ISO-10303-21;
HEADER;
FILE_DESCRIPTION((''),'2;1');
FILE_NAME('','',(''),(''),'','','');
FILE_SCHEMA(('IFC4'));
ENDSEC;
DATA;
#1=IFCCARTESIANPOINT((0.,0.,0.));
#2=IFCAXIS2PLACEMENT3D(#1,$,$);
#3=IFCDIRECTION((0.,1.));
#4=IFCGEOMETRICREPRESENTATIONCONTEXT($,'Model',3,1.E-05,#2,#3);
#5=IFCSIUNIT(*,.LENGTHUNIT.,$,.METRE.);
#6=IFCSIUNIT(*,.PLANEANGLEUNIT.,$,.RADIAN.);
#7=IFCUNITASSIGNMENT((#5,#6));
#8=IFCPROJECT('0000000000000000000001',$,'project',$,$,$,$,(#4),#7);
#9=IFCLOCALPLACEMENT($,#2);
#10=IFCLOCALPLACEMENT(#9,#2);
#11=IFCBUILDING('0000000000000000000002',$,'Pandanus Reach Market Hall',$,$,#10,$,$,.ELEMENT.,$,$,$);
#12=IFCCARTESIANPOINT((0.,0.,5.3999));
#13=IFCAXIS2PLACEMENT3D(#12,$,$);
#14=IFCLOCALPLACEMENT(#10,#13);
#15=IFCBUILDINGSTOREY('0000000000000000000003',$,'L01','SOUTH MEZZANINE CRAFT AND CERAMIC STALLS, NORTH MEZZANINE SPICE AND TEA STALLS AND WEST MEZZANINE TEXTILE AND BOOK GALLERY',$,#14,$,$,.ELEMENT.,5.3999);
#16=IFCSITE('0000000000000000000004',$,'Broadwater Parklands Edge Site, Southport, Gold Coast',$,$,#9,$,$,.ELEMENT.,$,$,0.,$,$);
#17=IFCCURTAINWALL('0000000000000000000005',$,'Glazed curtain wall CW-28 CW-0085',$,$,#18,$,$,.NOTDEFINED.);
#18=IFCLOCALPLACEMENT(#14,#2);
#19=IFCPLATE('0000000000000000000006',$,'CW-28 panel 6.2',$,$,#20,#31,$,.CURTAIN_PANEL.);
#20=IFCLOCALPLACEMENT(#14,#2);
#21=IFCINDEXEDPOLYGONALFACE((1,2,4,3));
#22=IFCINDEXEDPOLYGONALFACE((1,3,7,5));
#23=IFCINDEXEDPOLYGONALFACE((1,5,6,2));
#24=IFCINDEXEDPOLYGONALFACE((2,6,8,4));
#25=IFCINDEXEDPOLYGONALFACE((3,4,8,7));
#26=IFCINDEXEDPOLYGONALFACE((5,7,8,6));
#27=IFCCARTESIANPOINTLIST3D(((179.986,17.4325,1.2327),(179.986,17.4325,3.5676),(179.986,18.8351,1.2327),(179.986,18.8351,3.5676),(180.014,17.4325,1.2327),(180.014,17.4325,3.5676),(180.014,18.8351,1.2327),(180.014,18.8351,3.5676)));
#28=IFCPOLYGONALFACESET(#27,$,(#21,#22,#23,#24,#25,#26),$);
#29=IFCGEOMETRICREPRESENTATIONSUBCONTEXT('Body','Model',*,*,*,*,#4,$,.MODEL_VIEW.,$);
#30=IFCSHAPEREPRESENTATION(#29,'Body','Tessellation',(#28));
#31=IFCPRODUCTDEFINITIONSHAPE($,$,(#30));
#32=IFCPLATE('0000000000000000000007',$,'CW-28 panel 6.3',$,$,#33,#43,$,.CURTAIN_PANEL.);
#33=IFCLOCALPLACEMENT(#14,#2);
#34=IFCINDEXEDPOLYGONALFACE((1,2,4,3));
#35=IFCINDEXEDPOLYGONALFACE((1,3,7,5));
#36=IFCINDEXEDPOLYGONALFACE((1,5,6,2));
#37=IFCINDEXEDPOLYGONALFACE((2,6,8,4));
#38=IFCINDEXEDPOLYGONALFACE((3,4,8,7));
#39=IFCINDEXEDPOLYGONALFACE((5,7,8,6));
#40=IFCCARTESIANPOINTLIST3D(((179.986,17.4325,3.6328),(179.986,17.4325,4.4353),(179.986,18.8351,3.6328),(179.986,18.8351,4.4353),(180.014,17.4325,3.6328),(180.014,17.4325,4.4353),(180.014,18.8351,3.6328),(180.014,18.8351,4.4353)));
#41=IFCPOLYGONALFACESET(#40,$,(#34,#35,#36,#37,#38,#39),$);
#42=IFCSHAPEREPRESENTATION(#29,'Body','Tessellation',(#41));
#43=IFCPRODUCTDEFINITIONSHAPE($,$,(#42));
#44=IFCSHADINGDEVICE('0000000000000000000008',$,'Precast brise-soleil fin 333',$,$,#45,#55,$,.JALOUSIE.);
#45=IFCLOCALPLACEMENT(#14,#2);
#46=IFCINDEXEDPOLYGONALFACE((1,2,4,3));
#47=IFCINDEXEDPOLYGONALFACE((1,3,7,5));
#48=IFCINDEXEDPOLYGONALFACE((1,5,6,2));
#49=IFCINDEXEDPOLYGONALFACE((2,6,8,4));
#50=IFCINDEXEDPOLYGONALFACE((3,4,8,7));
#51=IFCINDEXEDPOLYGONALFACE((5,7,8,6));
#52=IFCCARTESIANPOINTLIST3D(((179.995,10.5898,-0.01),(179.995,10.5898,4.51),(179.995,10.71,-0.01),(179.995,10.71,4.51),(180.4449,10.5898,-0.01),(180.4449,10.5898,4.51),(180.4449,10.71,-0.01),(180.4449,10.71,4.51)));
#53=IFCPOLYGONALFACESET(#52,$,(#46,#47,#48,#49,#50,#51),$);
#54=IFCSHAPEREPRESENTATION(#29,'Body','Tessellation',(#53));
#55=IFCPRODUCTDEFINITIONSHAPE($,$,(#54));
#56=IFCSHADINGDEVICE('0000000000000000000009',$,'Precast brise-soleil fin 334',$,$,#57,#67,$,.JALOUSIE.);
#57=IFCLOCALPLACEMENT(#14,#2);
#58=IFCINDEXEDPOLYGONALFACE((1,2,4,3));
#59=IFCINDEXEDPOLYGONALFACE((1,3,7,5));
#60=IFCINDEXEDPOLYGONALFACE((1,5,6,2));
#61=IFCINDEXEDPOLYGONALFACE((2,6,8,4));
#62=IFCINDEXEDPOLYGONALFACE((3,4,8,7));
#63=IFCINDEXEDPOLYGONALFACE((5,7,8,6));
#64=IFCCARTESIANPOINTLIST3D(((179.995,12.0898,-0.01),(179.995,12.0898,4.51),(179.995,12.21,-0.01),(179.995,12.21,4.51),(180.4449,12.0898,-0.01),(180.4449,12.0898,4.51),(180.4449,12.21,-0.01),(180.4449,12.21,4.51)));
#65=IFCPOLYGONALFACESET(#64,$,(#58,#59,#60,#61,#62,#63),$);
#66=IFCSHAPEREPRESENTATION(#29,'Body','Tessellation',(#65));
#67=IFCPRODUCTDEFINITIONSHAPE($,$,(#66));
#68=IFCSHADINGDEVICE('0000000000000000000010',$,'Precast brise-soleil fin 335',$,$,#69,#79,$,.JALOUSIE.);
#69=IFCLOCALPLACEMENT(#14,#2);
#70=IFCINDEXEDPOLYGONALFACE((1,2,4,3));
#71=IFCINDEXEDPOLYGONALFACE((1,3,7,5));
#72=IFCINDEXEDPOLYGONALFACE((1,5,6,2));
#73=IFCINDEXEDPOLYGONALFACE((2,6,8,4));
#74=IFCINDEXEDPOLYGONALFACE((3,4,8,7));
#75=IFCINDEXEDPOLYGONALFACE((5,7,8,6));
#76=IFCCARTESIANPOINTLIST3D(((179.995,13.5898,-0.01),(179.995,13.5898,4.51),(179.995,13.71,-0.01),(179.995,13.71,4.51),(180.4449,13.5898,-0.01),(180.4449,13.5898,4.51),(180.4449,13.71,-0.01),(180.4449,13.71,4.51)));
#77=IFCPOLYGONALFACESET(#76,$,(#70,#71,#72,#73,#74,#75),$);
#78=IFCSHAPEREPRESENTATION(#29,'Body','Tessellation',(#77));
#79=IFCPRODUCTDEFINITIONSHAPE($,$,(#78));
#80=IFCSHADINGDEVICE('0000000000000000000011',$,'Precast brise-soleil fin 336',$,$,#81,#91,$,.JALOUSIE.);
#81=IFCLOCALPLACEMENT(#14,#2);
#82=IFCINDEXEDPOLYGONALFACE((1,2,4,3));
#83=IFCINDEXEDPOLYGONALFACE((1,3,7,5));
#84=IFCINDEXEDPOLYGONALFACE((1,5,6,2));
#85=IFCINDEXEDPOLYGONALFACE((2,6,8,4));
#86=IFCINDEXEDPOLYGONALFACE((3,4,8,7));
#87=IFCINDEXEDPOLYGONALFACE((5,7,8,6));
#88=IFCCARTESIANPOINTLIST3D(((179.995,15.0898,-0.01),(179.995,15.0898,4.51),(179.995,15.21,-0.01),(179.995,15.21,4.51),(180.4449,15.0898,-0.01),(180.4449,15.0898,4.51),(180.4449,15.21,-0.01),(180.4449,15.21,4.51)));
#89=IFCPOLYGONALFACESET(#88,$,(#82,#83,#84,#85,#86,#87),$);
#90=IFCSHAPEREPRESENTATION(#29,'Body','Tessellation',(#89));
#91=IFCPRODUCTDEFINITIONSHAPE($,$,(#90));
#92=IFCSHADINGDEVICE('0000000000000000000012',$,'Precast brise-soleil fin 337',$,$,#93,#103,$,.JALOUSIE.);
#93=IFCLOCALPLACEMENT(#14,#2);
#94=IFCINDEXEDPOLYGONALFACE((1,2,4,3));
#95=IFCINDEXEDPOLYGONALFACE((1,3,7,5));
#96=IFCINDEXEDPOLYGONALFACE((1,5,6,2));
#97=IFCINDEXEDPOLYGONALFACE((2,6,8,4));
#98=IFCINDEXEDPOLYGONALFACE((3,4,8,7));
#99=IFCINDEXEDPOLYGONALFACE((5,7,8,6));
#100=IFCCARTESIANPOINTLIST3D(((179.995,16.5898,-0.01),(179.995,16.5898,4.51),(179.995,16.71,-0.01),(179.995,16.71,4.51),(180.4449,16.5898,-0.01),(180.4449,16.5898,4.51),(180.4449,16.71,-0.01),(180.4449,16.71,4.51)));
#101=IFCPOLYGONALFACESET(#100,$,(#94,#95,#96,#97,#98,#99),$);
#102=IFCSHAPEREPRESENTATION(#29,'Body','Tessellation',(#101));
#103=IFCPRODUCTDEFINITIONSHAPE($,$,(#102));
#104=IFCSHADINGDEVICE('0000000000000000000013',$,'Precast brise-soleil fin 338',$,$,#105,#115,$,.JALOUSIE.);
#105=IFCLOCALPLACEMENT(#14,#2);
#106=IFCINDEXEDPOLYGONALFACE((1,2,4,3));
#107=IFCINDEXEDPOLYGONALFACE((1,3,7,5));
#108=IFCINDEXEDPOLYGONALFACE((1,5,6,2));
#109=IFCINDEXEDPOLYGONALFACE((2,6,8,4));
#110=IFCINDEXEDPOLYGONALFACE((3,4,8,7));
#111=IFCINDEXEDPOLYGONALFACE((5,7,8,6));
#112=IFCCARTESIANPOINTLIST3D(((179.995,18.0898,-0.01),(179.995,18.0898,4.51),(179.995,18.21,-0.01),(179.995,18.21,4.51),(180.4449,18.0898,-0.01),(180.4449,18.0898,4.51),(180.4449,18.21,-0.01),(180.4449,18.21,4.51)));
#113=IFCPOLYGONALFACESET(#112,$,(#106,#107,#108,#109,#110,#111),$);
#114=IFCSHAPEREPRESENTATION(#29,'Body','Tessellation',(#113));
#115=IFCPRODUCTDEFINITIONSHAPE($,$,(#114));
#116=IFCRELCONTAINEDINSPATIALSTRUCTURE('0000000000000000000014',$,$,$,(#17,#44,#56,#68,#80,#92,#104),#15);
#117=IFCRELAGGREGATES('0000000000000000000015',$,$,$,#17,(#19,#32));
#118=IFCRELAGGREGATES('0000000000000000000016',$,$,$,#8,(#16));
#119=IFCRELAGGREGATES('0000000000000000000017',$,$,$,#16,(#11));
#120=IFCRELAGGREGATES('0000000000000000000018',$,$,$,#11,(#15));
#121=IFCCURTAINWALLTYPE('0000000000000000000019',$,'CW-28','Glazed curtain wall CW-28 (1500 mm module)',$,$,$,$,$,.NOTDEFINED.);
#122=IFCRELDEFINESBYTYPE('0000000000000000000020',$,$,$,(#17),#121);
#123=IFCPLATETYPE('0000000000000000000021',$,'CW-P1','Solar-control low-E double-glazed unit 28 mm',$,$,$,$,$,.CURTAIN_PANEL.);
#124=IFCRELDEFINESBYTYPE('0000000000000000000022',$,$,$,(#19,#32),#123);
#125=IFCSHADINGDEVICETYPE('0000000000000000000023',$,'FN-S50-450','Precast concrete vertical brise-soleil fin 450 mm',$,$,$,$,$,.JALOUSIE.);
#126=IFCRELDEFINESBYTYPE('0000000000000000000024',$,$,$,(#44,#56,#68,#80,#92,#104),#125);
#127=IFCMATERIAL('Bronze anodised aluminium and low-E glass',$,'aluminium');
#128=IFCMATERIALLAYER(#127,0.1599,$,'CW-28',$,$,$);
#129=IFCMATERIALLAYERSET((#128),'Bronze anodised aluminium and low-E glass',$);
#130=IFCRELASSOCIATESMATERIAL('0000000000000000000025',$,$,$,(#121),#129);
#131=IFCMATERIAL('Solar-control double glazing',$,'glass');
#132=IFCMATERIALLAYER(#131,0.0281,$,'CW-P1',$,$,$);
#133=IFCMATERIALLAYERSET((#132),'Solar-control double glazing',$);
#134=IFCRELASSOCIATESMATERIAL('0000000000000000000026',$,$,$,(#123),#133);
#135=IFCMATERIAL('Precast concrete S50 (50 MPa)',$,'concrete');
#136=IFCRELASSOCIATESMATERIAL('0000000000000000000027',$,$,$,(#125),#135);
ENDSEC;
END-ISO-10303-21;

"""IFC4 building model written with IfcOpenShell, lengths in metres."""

from ifc_helpers import new_model, si_unit, direction, frame, origin, origin_2d, place, context, subcontext, project, spatial, rectangle, extrude, material, layer, layer_set, type_object, element, aggregate, save


model = new_model("IFC4")

# Units and contexts
model_context = context("Model", 3, precision=1e-05, world=origin(), true_north=direction((0.0, 1.0)))
body_context = subcontext(model_context, "Body", "Model", "MODEL_VIEW")
ifc_project = project(units=[si_unit("LENGTHUNIT", "METRE"), si_unit("PLANEANGLEUNIT", "RADIAN")], contexts=[model_context])

# Site, building, storey
site_placement = place(None, origin())
site = spatial("IfcSite", under=ifc_project, at=site_placement, Name="Broadwater Parklands Edge Site, Southport, Gold Coast", CompositionType="ELEMENT", RefElevation=0.0)
building_placement = place(site_placement, origin())
building = spatial("IfcBuilding", under=site, at=building_placement, Name="Pandanus Reach Market Hall", CompositionType="ELEMENT")
storey_placement = place(building_placement, frame((0.0, 0.0, 5.3999)))
storey = spatial("IfcBuildingStorey", under=building, at=storey_placement, Name="L01", Description="SOUTH MEZZANINE CRAFT AND CERAMIC STALLS, NORTH MEZZANINE SPICE AND TEA STALLS AND WEST MEZZANINE TEXTILE AND BOOK GALLERY", CompositionType="ELEMENT", Elevation=5.3999)

# Curtain wall, plates
ifc_material_1 = material(Name="Bronze anodised aluminium and low-E glass", Category="aluminium")
ifc_layer_1 = layer(ifc_material_1, 0.1599, Name="CW-28")
ifc_layer_set_1 = layer_set([ifc_layer_1], Name="Bronze anodised aluminium and low-E glass")
curtain_wall_type = type_object("IfcCurtainWallType", Name="CW-28", Description="Glazed curtain wall CW-28 (1500 mm module)", PredefinedType="NOTDEFINED", material=ifc_layer_set_1)
curtain_wall_placement = place(storey_placement, origin())
curtain_wall = element("IfcCurtainWall", 1, at=curtain_wall_placement, inside=storey, type_object=curtain_wall_type, Name="Glazed curtain wall CW-28 CW-0085", PredefinedType="NOTDEFINED")
ifc_material_2 = material(Name="Solar-control double glazing", Category="glass")
ifc_layer_2 = layer(ifc_material_2, 0.0281, Name="CW-P1")
ifc_layer_set_2 = layer_set([ifc_layer_2], Name="Solar-control double glazing")
plate_type = type_object("IfcPlateType", Name="CW-P1", Description="Solar-control low-E double-glazed unit 28 mm", PredefinedType="CURTAIN_PANEL", material=ifc_layer_set_2)
plate_1_placement = place(storey_placement, frame((180.0, 18.1338, 1.2327), z_axis=(0.0, 0.0, 1.0), x_axis=(0.0, 1.0, 0.0)))
plate_1 = element("IfcPlate", 2, at=plate_1_placement, type_object=plate_type, Name="CW-28 panel 6.2", PredefinedType="CURTAIN_PANEL", context=body_context, shape_type="SweptSolid", body=[
    extrude(rectangle(XDim=1.4026, YDim=0.0281, at=origin_2d()), origin(), (0.0, 0.0, 1.0), 2.335),
])
plate_2_placement = place(storey_placement, frame((180.0, 18.1338, 3.6328), z_axis=(0.0, 0.0, 1.0), x_axis=(0.0, 1.0, 0.0)))
plate_2 = element("IfcPlate", 3, at=plate_2_placement, type_object=plate_type, Name="CW-28 panel 6.3", PredefinedType="CURTAIN_PANEL", context=body_context, shape_type="SweptSolid", body=[
    extrude(rectangle(XDim=1.4026, YDim=0.0281, at=origin_2d()), origin(), (0.0, 0.0, 1.0), 0.8025),
])
aggregate(curtain_wall, [plate_1, plate_2])

# Shading devices
ifc_material_3 = material(Name="Precast concrete S50 (50 MPa)", Category="concrete")
shading_device_type = type_object("IfcShadingDeviceType", Name="FN-S50-450", Description="Precast concrete vertical brise-soleil fin 450 mm", PredefinedType="JALOUSIE", material=ifc_material_3)
for number, where, z_axis, x_axis, name in (
    (4, (180.22, 10.6499, -0.01), (0.0, 0.0, 1.0), (1.0, 0.0, 0.0), "Precast brise-soleil fin 333"),
    (5, (180.22, 12.1499, -0.01), (0.0, 0.0, 1.0), (1.0, 0.0, 0.0), "Precast brise-soleil fin 334"),
    (6, (180.22, 13.6499, -0.01), (0.0, 0.0, 1.0), (1.0, 0.0, 0.0), "Precast brise-soleil fin 335"),
    (7, (180.22, 15.1499, -0.01), (0.0, 0.0, 1.0), (1.0, 0.0, 0.0), "Precast brise-soleil fin 336"),
    (8, (180.22, 16.6499, -0.01), (0.0, 0.0, 1.0), (1.0, 0.0, 0.0), "Precast brise-soleil fin 337"),
    (9, (180.22, 18.1499, -0.01), (0.0, 0.0, 1.0), (1.0, 0.0, 0.0), "Precast brise-soleil fin 338"),
):
    element("IfcShadingDevice", number, at=place(storey_placement, frame(where, z_axis=z_axis, x_axis=x_axis)), inside=storey, type_object=shading_device_type, Name=name, PredefinedType="JALOUSIE", context=body_context, shape_type="SweptSolid", body=[
        extrude(rectangle(XDim=0.45, YDim=0.1201, at=origin_2d()), origin(), (0.0, 0.0, 1.0), 4.52),
    ])

save(model, "model.ifc")
